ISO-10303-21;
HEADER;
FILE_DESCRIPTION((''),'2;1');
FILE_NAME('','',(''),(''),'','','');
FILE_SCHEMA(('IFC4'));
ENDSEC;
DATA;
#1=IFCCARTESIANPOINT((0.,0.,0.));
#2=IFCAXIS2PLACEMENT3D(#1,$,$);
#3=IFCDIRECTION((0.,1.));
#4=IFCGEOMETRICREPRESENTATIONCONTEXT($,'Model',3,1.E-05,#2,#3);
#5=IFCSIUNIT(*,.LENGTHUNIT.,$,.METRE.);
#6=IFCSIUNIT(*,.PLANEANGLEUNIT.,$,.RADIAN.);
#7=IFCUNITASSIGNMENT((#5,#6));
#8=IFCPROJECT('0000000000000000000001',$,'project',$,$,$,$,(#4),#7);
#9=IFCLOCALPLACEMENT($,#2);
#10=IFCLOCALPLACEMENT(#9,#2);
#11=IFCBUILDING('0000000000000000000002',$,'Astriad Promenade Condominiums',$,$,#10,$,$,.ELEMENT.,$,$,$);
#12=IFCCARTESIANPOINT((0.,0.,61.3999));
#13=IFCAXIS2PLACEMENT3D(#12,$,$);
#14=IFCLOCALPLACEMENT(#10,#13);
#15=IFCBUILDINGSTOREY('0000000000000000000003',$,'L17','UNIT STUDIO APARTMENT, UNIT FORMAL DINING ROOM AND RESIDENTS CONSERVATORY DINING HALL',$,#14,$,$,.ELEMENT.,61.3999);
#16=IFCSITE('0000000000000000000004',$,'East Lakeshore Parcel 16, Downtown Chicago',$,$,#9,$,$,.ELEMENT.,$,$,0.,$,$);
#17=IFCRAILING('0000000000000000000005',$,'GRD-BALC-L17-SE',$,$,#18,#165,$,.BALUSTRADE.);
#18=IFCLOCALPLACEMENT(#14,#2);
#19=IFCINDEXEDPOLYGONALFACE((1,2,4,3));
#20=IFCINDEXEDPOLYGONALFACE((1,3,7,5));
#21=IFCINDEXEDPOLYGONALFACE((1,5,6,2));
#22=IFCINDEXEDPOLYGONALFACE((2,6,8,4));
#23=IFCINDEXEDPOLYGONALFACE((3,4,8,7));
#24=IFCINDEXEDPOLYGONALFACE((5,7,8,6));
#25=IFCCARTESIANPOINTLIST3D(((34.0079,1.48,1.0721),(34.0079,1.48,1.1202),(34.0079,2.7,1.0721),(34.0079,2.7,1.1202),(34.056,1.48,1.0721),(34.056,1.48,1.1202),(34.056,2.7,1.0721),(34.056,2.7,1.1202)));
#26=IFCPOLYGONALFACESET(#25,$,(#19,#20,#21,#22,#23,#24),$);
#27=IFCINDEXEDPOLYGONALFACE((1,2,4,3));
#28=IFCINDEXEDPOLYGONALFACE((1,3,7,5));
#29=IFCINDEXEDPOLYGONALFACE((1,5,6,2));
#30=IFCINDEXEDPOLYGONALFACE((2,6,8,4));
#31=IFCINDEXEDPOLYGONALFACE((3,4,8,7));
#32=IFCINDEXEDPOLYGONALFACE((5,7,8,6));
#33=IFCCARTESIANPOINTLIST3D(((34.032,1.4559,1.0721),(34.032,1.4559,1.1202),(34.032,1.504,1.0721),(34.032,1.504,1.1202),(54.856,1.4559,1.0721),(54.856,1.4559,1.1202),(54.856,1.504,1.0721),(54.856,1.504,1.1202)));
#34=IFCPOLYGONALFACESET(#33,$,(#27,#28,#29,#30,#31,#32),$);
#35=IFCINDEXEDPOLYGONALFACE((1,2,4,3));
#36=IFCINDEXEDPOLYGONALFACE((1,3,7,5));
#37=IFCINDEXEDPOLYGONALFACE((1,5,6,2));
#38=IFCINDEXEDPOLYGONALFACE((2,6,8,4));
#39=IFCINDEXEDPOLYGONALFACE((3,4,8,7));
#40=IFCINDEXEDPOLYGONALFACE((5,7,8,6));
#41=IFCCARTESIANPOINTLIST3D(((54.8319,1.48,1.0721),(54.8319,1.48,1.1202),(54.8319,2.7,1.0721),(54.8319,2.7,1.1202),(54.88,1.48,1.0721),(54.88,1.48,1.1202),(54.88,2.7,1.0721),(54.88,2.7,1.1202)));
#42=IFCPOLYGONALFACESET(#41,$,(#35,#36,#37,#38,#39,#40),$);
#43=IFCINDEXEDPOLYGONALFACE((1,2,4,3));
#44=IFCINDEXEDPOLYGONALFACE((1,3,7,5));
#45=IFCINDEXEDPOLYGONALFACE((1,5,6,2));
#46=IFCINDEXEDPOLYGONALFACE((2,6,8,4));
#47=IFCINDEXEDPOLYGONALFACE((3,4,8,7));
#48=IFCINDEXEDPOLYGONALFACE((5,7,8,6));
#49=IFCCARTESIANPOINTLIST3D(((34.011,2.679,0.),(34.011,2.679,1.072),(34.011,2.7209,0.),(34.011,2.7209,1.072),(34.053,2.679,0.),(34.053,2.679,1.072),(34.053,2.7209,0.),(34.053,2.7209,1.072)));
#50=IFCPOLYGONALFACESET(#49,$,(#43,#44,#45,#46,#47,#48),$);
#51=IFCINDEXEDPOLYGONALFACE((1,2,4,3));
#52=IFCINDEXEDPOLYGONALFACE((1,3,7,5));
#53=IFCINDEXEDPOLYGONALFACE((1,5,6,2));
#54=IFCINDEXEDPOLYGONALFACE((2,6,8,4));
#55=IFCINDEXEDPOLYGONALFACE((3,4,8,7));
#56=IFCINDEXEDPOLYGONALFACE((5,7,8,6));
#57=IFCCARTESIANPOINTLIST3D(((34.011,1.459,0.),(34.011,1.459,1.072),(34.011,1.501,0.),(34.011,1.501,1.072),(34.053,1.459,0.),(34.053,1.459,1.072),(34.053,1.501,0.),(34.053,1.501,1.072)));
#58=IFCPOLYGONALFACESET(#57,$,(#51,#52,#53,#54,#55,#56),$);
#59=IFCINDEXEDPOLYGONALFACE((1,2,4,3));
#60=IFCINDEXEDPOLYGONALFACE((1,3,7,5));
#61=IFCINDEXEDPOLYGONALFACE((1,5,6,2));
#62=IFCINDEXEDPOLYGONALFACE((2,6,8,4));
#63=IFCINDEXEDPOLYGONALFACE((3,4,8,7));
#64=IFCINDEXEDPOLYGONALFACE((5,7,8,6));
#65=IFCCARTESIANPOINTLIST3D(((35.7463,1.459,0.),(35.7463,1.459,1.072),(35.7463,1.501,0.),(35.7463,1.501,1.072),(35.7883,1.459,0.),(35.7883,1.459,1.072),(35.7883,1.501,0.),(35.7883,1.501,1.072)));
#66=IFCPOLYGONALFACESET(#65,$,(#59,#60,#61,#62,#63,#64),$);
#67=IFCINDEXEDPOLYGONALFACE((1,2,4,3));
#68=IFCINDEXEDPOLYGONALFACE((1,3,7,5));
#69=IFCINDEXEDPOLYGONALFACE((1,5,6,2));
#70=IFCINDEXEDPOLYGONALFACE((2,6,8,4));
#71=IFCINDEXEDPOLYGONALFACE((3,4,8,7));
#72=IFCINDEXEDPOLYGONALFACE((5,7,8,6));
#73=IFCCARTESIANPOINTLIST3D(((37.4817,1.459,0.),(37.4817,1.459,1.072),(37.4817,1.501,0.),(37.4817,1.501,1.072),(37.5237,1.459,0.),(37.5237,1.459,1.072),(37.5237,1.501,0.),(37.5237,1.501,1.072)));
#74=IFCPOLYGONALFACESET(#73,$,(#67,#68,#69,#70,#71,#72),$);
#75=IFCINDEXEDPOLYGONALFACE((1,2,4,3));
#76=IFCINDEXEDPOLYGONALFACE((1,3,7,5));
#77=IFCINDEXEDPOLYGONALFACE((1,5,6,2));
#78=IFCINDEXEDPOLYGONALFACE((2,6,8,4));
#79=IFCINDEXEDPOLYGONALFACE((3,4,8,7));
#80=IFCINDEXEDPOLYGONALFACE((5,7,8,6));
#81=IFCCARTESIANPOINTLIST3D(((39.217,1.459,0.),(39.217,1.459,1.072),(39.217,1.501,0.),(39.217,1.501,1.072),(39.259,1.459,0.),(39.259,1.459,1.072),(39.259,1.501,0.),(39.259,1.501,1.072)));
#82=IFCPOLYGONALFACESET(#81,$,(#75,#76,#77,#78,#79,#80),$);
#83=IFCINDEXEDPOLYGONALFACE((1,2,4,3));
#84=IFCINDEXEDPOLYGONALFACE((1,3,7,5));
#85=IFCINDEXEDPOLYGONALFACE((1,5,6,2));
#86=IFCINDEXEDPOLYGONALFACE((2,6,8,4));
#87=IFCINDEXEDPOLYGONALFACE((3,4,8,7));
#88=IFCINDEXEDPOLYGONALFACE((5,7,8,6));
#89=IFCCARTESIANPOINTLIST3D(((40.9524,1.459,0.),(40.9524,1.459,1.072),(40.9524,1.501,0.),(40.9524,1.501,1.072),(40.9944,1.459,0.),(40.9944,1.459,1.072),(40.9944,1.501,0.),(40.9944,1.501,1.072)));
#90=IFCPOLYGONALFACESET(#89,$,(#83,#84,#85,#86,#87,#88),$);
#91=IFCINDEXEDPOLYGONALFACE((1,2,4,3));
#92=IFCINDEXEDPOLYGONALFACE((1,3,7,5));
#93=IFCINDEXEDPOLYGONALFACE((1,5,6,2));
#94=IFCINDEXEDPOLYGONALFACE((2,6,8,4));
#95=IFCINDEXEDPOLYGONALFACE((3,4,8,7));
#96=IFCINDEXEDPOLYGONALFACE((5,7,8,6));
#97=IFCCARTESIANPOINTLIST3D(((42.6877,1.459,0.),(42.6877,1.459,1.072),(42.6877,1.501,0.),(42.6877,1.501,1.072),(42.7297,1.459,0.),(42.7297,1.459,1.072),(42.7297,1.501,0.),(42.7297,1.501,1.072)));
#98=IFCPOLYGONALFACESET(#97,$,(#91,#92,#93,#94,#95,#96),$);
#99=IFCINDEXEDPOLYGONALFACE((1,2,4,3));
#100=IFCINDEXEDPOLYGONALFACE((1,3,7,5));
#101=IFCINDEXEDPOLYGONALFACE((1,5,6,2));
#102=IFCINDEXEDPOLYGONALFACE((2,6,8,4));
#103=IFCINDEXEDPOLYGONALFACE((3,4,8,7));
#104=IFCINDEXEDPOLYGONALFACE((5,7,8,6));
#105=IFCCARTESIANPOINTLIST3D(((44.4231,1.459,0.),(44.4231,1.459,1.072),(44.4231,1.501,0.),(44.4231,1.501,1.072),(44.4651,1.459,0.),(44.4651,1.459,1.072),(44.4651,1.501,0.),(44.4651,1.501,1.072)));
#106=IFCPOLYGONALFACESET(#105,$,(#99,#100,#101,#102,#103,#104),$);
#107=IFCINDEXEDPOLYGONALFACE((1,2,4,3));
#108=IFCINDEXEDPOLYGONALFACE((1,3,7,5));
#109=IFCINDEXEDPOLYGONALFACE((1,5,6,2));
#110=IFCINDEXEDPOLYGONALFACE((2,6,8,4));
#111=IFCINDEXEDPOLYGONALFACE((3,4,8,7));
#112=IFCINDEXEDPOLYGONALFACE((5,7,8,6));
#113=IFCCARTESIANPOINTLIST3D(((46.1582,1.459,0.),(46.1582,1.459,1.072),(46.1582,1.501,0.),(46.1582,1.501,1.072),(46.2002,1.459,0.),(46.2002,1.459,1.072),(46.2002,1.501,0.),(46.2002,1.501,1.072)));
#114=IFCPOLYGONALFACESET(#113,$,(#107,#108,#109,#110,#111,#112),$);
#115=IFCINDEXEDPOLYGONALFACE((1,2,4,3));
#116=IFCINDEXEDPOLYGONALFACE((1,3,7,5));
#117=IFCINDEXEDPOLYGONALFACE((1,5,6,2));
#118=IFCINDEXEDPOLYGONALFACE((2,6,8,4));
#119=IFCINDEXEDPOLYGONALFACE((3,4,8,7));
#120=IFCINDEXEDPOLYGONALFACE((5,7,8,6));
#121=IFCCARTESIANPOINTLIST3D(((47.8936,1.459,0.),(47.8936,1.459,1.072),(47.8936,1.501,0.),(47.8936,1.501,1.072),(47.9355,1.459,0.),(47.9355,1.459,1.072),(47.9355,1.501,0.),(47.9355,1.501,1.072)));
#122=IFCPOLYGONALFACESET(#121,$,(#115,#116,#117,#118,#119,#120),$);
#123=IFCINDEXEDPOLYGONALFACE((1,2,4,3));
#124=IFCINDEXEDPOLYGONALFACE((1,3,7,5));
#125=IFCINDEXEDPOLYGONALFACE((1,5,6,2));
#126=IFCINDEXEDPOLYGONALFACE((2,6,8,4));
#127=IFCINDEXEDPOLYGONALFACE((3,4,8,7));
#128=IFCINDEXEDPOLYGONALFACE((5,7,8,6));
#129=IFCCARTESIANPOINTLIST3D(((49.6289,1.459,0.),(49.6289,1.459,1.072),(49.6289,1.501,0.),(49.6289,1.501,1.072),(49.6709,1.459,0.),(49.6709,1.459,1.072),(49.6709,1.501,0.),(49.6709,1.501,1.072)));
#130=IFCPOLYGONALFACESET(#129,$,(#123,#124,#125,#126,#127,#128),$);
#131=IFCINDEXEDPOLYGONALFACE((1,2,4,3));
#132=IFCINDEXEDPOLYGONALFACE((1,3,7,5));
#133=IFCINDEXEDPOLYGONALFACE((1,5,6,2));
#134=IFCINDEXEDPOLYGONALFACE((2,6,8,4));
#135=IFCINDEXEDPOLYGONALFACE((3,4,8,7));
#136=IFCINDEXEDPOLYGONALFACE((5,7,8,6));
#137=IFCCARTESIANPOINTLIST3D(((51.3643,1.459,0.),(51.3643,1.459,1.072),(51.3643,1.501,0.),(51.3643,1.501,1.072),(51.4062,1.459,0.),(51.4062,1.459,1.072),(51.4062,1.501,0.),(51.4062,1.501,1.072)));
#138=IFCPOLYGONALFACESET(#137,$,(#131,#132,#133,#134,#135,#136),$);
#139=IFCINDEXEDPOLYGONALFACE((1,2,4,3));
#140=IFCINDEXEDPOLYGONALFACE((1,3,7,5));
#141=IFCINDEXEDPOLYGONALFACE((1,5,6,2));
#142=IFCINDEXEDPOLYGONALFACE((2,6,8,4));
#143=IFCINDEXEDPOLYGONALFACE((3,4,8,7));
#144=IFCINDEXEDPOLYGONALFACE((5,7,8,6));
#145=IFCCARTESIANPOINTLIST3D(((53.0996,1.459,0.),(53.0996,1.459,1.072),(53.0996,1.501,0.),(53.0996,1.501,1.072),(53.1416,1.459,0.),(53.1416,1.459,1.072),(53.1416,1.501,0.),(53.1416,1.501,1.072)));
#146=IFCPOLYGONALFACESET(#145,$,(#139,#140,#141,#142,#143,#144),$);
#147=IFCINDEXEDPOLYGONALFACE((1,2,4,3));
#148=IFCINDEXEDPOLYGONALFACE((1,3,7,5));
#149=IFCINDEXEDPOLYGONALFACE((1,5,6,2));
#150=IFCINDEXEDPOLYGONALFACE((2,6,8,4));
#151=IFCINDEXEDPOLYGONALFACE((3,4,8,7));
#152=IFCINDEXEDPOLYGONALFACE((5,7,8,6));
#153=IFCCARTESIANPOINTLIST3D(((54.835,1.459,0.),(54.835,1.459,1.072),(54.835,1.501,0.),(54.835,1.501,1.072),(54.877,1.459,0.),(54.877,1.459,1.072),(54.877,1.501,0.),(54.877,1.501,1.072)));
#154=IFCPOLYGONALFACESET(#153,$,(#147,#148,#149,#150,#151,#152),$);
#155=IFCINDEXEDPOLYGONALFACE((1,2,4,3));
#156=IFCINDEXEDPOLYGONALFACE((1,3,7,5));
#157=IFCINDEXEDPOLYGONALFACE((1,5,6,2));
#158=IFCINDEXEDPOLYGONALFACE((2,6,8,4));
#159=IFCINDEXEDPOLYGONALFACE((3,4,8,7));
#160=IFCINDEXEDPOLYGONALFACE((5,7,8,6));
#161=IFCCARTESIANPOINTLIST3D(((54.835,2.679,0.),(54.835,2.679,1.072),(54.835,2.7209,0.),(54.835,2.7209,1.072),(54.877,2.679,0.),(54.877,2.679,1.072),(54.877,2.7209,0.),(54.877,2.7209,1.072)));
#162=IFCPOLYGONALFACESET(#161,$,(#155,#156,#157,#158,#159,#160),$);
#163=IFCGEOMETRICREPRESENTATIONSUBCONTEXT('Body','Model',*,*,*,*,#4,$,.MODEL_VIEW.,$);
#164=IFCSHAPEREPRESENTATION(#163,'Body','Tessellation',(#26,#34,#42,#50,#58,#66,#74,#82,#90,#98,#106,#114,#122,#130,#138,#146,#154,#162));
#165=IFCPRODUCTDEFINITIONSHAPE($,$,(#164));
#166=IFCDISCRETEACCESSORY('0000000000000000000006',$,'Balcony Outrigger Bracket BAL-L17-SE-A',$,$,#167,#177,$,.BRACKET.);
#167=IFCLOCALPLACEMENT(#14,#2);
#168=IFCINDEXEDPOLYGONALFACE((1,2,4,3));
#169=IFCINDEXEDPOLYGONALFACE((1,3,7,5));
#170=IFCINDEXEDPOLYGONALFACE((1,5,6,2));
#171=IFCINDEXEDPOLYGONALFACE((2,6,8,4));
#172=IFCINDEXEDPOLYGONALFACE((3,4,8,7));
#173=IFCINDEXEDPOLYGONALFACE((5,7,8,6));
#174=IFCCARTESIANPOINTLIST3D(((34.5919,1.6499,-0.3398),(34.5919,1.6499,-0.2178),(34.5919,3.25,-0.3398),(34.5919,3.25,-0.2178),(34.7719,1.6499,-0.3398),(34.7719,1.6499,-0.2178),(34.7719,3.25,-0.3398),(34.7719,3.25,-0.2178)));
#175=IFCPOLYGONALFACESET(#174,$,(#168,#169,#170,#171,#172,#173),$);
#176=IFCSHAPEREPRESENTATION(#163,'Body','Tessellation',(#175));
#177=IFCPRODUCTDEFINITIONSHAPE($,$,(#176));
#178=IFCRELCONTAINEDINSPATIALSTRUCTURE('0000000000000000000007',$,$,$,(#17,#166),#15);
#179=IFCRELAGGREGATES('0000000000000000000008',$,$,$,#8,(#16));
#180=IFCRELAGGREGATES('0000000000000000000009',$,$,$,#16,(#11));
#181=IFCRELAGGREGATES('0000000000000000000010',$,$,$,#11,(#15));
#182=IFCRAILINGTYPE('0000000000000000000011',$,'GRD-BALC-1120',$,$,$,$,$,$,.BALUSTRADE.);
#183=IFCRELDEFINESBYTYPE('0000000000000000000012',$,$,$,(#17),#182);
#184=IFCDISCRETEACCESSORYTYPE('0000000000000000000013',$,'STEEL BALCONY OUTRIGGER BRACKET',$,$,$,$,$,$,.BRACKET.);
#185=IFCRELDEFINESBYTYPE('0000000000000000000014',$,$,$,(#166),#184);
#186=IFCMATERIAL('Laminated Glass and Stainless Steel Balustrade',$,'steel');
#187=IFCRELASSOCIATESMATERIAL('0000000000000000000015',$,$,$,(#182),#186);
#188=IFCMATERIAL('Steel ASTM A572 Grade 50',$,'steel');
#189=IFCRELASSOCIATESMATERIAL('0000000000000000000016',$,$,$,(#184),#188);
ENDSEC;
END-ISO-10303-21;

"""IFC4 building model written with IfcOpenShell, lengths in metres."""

from ifc_helpers import new_model, si_unit, direction, frame, origin, origin_2d, place, context, subcontext, project, spatial, rectangle, extrude, source, transform, mapped, material, type_object, type_shapes, element, save


model = new_model("IFC4")

# Units and contexts
model_context = context("Model", 3, precision=1e-05, world=origin(), true_north=direction((0.0, 1.0)))
body_context = subcontext(model_context, "Body", "Model", "MODEL_VIEW")
ifc_project = project(units=[si_unit("LENGTHUNIT", "METRE"), si_unit("PLANEANGLEUNIT", "RADIAN")], contexts=[model_context])

# Site, building, storey
site_placement = place(None, origin())
site = spatial("IfcSite", under=ifc_project, at=site_placement, Name="East Lakeshore Parcel 16, Downtown Chicago", CompositionType="ELEMENT", RefElevation=0.0)
building_placement = place(site_placement, origin())
building = spatial("IfcBuilding", under=site, at=building_placement, Name="Astriad Promenade Condominiums", CompositionType="ELEMENT")
storey_placement = place(building_placement, frame((0.0, 0.0, 61.3999)))
storey = spatial("IfcBuildingStorey", under=building, at=storey_placement, Name="L17", Description="UNIT STUDIO APARTMENT, UNIT FORMAL DINING ROOM AND RESIDENTS CONSERVATORY DINING HALL", CompositionType="ELEMENT", Elevation=61.3999)

# Railing
ifc_material_1 = material(Name="Laminated Glass and Stainless Steel Balustrade", Category="steel")
railing_type = type_object("IfcRailingType", Name="GRD-BALC-1120", PredefinedType="BALUSTRADE", material=ifc_material_1)
shared_shape_1 = source(origin(), body_context, "Body", "SweptSolid", [
    extrude(rectangle(XDim=0.0481, YDim=0.0481, at=origin_2d()), frame((0.0, 0.0, 1.0962), z_axis=(0.0, -1.0, 0.0), x_axis=(1.0, 0.0, 0.0)), (0.0, 0.0, 1.0), 1.22),
    extrude(rectangle(XDim=0.0481, YDim=0.0481, at=origin_2d()), frame((0.0, -1.22, 1.0962), z_axis=(1.0, 0.0, 0.0), x_axis=(0.0, 1.0, 0.0)), (0.0, 0.0, 1.0), 20.824),
    extrude(rectangle(XDim=0.0481, YDim=0.0481, at=origin_2d()), frame((20.824, -1.22, 1.0962), z_axis=(0.0, 1.0, 0.0), x_axis=(-1.0, 0.0, 0.0)), (0.0, 0.0, 1.0), 1.22),
    extrude(rectangle(XDim=0.042, YDim=0.042, at=origin_2d()), origin(), (0.0, 0.0, 1.0), 1.072),
    extrude(rectangle(XDim=0.042, YDim=0.042, at=origin_2d()), frame((0.0, -1.22, 0.0)), (0.0, 0.0, 1.0), 1.072),
    extrude(rectangle(XDim=0.042, YDim=0.042, at=origin_2d()), frame((1.7354, -1.22, 0.0)), (0.0, 0.0, 1.0), 1.072),
    extrude(rectangle(XDim=0.042, YDim=0.042, at=origin_2d()), frame((3.4707, -1.22, 0.0)), (0.0, 0.0, 1.0), 1.072),
    extrude(rectangle(XDim=0.042, YDim=0.042, at=origin_2d()), frame((5.2061, -1.22, 0.0)), (0.0, 0.0, 1.0), 1.072),
    extrude(rectangle(XDim=0.042, YDim=0.042, at=origin_2d()), frame((6.9414, -1.22, 0.0)), (0.0, 0.0, 1.0), 1.072),
    extrude(rectangle(XDim=0.042, YDim=0.042, at=origin_2d()), frame((8.6768, -1.22, 0.0)), (0.0, 0.0, 1.0), 1.072),
    extrude(rectangle(XDim=0.042, YDim=0.042, at=origin_2d()), frame((10.4121, -1.22, 0.0)), (0.0, 0.0, 1.0), 1.072),
    extrude(rectangle(XDim=0.042, YDim=0.042, at=origin_2d()), frame((12.1472, -1.22, 0.0)), (0.0, 0.0, 1.0), 1.072),
    extrude(rectangle(XDim=0.042, YDim=0.042, at=origin_2d()), frame((13.8826, -1.22, 0.0)), (0.0, 0.0, 1.0), 1.072),
    extrude(rectangle(XDim=0.042, YDim=0.042, at=origin_2d()), frame((15.6179, -1.22, 0.0)), (0.0, 0.0, 1.0), 1.072),
    extrude(rectangle(XDim=0.042, YDim=0.042, at=origin_2d()), frame((17.3533, -1.22, 0.0)), (0.0, 0.0, 1.0), 1.072),
    extrude(rectangle(XDim=0.042, YDim=0.042, at=origin_2d()), frame((19.0886, -1.22, 0.0)), (0.0, 0.0, 1.0), 1.072),
    extrude(rectangle(XDim=0.042, YDim=0.042, at=origin_2d()), frame((20.824, -1.22, 0.0)), (0.0, 0.0, 1.0), 1.072),
    extrude(rectangle(XDim=0.042, YDim=0.042, at=origin_2d()), frame((20.824, 0.0, 0.0)), (0.0, 0.0, 1.0), 1.072),
])
type_shapes(railing_type, [shared_shape_1])
railing_placement = place(storey_placement, frame((34.032, 2.7, 0.0)))
element("IfcRailing", 1, at=railing_placement, inside=storey, type_object=railing_type, Name="GRD-BALC-L17-SE", PredefinedType="BALUSTRADE", context=body_context, shape_type="MappedRepresentation", body=[
    mapped(shared_shape_1, transform((0.0, 0.0, 0.0), scale=1.0)),
])

# Discrete accessory
ifc_material_2 = material(Name="Steel ASTM A572 Grade 50", Category="steel")
discrete_accessory_type = type_object("IfcDiscreteAccessoryType", Name="STEEL BALCONY OUTRIGGER BRACKET", PredefinedType="BRACKET", material=ifc_material_2)
shared_shape_2 = source(origin(), body_context, "Body", "SweptSolid", [
    extrude(rectangle(XDim=1.6001, YDim=0.1799, at=origin_2d()), origin(), (0.0, 0.0, 1.0), 0.1221),
])
type_shapes(discrete_accessory_type, [shared_shape_2])
discrete_accessory_placement = place(storey_placement, frame((34.6819, 2.45, -0.3398), z_axis=(0.0, 0.0, 1.0), x_axis=(0.0, -1.0, 0.0)))
element("IfcDiscreteAccessory", 2, at=discrete_accessory_placement, inside=storey, type_object=discrete_accessory_type, Name="Balcony Outrigger Bracket BAL-L17-SE-A", PredefinedType="BRACKET", context=body_context, shape_type="MappedRepresentation", body=[
    mapped(shared_shape_2, transform((0.0, 0.0, 0.0), scale=1.0)),
])

save(model, "model.ifc")
